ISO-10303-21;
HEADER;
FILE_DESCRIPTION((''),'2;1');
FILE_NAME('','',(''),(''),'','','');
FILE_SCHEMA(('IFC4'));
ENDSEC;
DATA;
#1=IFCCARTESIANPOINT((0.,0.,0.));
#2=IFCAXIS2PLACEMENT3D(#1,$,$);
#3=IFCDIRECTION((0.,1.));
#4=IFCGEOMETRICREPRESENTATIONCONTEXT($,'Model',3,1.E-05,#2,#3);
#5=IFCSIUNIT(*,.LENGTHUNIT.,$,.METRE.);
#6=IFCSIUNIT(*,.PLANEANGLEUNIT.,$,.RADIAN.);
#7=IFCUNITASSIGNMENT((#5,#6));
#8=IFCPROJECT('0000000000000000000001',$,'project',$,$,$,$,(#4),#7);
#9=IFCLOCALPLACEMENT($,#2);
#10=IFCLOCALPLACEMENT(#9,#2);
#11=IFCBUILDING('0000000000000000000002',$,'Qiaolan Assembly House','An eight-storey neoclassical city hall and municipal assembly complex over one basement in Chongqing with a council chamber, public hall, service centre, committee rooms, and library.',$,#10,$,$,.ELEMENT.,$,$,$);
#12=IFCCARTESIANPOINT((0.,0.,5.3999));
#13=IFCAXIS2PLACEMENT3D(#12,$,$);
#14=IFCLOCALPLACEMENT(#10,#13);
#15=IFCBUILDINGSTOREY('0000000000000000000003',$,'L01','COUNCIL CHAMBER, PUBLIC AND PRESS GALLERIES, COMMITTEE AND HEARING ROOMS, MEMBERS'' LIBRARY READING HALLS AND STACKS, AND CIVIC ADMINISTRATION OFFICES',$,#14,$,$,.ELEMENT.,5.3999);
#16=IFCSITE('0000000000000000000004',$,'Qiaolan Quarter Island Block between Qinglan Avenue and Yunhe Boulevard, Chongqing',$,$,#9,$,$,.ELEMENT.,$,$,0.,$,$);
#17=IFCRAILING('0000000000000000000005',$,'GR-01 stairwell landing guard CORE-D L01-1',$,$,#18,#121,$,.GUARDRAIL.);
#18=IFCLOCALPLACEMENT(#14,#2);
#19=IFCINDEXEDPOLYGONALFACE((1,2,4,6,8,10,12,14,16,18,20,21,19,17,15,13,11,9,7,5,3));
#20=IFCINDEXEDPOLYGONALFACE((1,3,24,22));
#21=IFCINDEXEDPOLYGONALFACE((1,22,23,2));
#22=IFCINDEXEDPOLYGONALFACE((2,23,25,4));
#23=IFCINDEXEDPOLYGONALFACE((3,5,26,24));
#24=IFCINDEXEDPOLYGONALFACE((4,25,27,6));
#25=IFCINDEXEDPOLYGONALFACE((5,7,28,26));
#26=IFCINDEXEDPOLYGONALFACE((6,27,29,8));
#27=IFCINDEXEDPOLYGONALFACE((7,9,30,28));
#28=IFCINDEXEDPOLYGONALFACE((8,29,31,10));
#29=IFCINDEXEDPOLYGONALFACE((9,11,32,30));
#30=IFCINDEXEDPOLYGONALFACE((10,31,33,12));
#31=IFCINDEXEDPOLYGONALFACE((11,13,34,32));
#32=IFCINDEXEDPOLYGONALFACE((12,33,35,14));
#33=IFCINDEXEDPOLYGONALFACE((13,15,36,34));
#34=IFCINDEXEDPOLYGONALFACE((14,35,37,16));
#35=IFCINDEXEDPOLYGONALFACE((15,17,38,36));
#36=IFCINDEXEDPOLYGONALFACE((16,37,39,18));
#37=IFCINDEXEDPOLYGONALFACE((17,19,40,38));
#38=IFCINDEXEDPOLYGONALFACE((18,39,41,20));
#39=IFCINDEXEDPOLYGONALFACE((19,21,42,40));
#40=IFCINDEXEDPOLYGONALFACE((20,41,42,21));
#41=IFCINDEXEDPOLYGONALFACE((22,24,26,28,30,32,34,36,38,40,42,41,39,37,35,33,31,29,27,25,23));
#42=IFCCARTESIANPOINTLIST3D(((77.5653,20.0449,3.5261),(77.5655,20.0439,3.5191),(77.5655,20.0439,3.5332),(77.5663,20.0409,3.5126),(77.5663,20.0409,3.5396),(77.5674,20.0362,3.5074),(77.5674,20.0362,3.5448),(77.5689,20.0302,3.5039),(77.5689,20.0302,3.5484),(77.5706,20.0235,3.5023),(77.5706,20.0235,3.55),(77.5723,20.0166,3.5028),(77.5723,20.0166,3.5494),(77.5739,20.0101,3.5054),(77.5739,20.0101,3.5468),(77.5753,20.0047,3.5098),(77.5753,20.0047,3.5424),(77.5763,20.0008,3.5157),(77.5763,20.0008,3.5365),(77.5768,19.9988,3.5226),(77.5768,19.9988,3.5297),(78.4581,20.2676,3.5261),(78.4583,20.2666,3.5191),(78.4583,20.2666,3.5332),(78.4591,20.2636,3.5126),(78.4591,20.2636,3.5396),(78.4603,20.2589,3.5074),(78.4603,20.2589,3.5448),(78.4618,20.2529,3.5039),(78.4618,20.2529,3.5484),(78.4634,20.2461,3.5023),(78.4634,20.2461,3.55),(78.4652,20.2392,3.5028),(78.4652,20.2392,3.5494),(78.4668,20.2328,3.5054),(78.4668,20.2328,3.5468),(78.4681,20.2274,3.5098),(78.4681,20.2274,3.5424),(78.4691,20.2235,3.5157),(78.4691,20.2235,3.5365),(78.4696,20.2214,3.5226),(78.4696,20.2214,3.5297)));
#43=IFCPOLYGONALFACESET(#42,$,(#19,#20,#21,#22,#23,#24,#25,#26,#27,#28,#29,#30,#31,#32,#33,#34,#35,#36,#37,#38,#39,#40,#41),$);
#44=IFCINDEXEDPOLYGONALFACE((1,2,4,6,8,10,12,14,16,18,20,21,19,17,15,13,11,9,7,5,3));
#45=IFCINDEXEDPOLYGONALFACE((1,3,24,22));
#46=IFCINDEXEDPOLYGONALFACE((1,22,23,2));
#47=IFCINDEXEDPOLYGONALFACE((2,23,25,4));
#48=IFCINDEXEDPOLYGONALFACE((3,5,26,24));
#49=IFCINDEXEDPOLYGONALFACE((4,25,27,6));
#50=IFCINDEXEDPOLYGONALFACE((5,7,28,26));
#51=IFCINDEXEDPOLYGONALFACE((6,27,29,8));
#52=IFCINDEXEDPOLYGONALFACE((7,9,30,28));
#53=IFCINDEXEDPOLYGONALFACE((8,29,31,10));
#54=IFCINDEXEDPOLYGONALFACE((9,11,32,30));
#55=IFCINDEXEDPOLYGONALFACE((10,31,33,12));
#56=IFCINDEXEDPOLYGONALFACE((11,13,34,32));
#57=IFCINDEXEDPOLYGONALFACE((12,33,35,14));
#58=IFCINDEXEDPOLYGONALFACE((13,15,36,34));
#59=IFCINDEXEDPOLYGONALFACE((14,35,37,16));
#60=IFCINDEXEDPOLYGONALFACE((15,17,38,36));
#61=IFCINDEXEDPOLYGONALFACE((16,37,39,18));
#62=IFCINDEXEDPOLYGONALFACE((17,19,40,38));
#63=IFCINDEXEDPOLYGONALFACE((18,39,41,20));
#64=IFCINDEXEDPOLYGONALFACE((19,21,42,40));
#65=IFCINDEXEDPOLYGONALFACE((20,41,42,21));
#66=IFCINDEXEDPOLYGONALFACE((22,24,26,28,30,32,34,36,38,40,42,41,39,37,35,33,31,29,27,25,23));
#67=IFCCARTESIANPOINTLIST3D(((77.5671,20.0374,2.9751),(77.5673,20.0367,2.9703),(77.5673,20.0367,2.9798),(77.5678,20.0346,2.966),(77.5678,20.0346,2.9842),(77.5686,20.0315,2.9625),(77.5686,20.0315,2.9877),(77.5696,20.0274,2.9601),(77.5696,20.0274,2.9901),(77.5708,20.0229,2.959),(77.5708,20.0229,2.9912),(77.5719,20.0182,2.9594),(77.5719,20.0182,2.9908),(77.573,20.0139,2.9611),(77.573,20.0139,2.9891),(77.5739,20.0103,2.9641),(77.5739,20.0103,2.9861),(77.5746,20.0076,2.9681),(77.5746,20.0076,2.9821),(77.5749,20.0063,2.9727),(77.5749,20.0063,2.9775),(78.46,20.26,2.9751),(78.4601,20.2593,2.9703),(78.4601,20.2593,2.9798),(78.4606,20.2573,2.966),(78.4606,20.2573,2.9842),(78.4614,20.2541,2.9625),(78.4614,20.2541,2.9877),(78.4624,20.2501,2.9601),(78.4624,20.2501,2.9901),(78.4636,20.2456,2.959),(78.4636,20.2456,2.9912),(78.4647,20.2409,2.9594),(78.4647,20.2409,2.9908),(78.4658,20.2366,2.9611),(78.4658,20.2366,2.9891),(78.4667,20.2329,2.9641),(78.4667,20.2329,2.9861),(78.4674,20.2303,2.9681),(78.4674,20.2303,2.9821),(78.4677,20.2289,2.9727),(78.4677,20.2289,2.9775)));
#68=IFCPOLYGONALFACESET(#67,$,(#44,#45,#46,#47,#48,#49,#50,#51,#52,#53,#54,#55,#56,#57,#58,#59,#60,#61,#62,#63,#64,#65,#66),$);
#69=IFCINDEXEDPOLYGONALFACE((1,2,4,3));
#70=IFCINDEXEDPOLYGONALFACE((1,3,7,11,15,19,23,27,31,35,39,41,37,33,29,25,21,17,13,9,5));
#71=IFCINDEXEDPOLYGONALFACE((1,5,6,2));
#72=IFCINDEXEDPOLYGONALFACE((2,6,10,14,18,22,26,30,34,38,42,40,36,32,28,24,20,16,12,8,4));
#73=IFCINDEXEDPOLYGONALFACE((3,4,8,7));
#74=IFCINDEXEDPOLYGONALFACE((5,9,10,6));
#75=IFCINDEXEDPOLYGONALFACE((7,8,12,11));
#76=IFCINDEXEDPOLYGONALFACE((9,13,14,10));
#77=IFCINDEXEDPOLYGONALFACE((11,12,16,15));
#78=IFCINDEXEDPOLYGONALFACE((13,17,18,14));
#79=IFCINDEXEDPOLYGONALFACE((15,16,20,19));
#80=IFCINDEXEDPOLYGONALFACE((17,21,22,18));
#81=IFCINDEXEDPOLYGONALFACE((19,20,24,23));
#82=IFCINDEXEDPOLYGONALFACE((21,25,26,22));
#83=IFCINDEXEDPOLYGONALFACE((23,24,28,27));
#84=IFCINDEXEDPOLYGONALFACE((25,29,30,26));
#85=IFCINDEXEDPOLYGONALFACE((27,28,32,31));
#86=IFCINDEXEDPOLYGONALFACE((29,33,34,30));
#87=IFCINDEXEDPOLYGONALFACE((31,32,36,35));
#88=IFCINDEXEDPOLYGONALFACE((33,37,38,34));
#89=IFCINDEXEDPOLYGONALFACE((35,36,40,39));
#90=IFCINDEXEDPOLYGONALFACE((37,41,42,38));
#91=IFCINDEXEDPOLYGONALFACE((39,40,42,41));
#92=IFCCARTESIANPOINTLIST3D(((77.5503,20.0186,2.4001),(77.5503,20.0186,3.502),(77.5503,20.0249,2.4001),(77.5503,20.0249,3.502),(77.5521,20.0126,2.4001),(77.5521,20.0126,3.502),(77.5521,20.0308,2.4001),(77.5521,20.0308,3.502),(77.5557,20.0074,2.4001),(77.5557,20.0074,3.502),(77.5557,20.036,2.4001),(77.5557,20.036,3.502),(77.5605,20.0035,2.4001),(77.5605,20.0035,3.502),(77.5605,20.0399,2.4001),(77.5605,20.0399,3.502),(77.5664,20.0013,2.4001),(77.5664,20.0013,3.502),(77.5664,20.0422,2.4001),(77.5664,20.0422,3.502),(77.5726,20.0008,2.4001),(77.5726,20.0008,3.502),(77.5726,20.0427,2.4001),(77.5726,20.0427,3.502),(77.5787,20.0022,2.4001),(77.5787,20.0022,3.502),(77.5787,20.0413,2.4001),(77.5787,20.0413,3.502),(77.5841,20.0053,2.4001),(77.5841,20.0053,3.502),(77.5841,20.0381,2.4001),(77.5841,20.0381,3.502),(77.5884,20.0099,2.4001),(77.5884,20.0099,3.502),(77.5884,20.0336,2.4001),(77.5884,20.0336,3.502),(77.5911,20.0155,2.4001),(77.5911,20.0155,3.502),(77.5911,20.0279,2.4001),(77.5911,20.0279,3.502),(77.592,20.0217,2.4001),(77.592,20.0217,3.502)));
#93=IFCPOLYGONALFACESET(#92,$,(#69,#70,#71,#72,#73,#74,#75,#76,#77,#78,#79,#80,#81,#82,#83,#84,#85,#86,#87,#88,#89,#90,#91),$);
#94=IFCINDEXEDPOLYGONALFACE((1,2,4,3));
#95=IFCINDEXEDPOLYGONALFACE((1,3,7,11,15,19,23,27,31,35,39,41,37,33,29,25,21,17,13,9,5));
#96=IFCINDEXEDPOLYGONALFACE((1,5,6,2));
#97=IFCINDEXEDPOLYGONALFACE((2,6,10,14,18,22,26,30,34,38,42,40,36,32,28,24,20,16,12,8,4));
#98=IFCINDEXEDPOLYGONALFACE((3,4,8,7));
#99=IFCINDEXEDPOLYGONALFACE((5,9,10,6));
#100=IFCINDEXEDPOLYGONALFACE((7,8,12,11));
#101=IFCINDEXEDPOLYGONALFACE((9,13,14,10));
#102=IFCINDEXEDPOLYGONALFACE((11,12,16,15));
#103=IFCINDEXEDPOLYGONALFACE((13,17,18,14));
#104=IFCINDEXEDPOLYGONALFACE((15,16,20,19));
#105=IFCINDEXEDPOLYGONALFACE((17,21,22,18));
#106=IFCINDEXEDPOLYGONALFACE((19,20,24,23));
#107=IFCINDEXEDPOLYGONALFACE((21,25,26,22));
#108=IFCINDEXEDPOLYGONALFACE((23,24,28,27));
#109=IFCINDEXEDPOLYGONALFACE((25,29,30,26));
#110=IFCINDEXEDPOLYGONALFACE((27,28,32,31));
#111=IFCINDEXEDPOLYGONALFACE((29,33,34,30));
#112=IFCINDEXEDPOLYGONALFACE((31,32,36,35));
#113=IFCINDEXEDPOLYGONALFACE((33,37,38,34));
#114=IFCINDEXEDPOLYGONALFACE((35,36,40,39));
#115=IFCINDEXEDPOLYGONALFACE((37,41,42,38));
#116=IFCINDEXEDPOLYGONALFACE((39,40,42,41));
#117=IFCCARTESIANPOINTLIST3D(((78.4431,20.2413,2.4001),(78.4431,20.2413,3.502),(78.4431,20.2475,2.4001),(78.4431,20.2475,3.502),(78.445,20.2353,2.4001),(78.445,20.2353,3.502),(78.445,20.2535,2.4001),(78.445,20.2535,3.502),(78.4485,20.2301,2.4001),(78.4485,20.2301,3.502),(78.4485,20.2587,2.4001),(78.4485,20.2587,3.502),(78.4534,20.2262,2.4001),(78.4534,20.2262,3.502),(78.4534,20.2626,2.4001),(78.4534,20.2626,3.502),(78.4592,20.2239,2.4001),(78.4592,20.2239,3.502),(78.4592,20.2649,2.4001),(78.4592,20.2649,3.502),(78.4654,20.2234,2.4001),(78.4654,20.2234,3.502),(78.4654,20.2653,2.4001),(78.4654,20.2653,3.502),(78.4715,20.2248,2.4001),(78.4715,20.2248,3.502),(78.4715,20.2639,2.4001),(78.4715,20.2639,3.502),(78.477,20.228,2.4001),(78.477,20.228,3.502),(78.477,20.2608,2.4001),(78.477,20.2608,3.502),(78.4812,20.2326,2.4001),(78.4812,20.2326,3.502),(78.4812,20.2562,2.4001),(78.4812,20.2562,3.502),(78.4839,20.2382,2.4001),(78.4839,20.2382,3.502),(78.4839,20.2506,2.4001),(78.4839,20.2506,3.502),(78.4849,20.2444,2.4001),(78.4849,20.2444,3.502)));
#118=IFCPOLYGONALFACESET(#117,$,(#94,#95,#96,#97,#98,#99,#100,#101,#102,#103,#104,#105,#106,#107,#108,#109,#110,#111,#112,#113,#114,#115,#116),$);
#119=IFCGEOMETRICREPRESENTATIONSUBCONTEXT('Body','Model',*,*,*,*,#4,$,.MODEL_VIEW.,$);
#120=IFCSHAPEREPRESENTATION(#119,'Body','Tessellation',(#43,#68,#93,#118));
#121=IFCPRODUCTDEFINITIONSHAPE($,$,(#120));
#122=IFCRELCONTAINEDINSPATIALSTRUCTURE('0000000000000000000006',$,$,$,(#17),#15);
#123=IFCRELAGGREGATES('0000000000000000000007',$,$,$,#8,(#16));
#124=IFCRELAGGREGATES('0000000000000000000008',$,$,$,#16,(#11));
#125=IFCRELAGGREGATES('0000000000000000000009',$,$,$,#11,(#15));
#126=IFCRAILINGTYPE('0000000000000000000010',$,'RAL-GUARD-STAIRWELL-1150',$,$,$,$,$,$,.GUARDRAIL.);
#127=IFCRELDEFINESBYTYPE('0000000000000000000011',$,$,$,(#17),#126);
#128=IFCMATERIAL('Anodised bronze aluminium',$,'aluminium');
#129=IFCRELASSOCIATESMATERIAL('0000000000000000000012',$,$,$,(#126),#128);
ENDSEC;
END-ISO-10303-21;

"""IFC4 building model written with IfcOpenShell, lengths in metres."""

from ifc_helpers import new_model, si_unit, direction, frame, origin, origin_2d, place, context, subcontext, project, spatial, circle, extrude, material, type_object, element, save


model = new_model("IFC4")

# Units and contexts
model_context = context("Model", 3, precision=1e-05, world=origin(), true_north=direction((0.0, 1.0)))
body_context = subcontext(model_context, "Body", "Model", "MODEL_VIEW")
ifc_project = project(units=[si_unit("LENGTHUNIT", "METRE"), si_unit("PLANEANGLEUNIT", "RADIAN")], contexts=[model_context])

# Site, building, storey
site_placement = place(None, origin())
site = spatial("IfcSite", under=ifc_project, at=site_placement, Name="Qiaolan Quarter Island Block between Qinglan Avenue and Yunhe Boulevard, Chongqing", CompositionType="ELEMENT", RefElevation=0.0)
building_placement = place(site_placement, origin())
building = spatial("IfcBuilding", under=site, at=building_placement, Name="Qiaolan Assembly House", Description="An eight-storey neoclassical city hall and municipal assembly complex over one basement in Chongqing with a council chamber, public hall, service centre, committee rooms, and library.", CompositionType="ELEMENT")
storey_placement = place(building_placement, frame((0.0, 0.0, 5.3999)))
storey = spatial("IfcBuildingStorey", under=building, at=storey_placement, Name="L01", Description="COUNCIL CHAMBER, PUBLIC AND PRESS GALLERIES, COMMITTEE AND HEARING ROOMS, MEMBERS' LIBRARY READING HALLS AND STACKS, AND CIVIC ADMINISTRATION OFFICES", CompositionType="ELEMENT", Elevation=5.3999)

# Railing
ifc_material_1 = material(Name="Anodised bronze aluminium", Category="aluminium")
railing_type_1 = type_object("IfcRailingType", Name="RAL-GUARD-STAIRWELL-1150", PredefinedType="GUARDRAIL", material=ifc_material_1)
for number, where, name in (
    (1, (77.571, 20.0217, 2.4001), "GR-01 stairwell landing guard CORE-D L01-1"),
):
    element("IfcRailing", number, at=place(storey_placement, frame(where)), inside=storey, type_object=railing_type_1, Name=name, PredefinedType="GUARDRAIL", context=body_context, shape_type="SweptSolid", body=[
        extrude(circle(Radius=0.0239, at=origin_2d()), frame((0.0, 0.0, 1.126), z_axis=(0.970283, 0.241974, 0.0), x_axis=(-0.241974, 0.970283, 0.0)), (0.0, 0.0, 1.0), 0.9202),
        extrude(circle(Radius=0.0161, at=origin_2d()), frame((0.0, 0.0, 0.575), z_axis=(0.970283, 0.241974, 0.0), x_axis=(-0.241974, 0.970283, 0.0)), (0.0, 0.0, 1.0), 0.9202),
        extrude(circle(Radius=0.021, at=origin_2d()), origin(), (0.0, 0.0, 1.0), 1.1018),
        extrude(circle(Radius=0.021, at=origin_2d()), frame((0.8928, 0.2227, 0.0)), (0.0, 0.0, 1.0), 1.1018),
    ])

save(model, "model.ifc")
